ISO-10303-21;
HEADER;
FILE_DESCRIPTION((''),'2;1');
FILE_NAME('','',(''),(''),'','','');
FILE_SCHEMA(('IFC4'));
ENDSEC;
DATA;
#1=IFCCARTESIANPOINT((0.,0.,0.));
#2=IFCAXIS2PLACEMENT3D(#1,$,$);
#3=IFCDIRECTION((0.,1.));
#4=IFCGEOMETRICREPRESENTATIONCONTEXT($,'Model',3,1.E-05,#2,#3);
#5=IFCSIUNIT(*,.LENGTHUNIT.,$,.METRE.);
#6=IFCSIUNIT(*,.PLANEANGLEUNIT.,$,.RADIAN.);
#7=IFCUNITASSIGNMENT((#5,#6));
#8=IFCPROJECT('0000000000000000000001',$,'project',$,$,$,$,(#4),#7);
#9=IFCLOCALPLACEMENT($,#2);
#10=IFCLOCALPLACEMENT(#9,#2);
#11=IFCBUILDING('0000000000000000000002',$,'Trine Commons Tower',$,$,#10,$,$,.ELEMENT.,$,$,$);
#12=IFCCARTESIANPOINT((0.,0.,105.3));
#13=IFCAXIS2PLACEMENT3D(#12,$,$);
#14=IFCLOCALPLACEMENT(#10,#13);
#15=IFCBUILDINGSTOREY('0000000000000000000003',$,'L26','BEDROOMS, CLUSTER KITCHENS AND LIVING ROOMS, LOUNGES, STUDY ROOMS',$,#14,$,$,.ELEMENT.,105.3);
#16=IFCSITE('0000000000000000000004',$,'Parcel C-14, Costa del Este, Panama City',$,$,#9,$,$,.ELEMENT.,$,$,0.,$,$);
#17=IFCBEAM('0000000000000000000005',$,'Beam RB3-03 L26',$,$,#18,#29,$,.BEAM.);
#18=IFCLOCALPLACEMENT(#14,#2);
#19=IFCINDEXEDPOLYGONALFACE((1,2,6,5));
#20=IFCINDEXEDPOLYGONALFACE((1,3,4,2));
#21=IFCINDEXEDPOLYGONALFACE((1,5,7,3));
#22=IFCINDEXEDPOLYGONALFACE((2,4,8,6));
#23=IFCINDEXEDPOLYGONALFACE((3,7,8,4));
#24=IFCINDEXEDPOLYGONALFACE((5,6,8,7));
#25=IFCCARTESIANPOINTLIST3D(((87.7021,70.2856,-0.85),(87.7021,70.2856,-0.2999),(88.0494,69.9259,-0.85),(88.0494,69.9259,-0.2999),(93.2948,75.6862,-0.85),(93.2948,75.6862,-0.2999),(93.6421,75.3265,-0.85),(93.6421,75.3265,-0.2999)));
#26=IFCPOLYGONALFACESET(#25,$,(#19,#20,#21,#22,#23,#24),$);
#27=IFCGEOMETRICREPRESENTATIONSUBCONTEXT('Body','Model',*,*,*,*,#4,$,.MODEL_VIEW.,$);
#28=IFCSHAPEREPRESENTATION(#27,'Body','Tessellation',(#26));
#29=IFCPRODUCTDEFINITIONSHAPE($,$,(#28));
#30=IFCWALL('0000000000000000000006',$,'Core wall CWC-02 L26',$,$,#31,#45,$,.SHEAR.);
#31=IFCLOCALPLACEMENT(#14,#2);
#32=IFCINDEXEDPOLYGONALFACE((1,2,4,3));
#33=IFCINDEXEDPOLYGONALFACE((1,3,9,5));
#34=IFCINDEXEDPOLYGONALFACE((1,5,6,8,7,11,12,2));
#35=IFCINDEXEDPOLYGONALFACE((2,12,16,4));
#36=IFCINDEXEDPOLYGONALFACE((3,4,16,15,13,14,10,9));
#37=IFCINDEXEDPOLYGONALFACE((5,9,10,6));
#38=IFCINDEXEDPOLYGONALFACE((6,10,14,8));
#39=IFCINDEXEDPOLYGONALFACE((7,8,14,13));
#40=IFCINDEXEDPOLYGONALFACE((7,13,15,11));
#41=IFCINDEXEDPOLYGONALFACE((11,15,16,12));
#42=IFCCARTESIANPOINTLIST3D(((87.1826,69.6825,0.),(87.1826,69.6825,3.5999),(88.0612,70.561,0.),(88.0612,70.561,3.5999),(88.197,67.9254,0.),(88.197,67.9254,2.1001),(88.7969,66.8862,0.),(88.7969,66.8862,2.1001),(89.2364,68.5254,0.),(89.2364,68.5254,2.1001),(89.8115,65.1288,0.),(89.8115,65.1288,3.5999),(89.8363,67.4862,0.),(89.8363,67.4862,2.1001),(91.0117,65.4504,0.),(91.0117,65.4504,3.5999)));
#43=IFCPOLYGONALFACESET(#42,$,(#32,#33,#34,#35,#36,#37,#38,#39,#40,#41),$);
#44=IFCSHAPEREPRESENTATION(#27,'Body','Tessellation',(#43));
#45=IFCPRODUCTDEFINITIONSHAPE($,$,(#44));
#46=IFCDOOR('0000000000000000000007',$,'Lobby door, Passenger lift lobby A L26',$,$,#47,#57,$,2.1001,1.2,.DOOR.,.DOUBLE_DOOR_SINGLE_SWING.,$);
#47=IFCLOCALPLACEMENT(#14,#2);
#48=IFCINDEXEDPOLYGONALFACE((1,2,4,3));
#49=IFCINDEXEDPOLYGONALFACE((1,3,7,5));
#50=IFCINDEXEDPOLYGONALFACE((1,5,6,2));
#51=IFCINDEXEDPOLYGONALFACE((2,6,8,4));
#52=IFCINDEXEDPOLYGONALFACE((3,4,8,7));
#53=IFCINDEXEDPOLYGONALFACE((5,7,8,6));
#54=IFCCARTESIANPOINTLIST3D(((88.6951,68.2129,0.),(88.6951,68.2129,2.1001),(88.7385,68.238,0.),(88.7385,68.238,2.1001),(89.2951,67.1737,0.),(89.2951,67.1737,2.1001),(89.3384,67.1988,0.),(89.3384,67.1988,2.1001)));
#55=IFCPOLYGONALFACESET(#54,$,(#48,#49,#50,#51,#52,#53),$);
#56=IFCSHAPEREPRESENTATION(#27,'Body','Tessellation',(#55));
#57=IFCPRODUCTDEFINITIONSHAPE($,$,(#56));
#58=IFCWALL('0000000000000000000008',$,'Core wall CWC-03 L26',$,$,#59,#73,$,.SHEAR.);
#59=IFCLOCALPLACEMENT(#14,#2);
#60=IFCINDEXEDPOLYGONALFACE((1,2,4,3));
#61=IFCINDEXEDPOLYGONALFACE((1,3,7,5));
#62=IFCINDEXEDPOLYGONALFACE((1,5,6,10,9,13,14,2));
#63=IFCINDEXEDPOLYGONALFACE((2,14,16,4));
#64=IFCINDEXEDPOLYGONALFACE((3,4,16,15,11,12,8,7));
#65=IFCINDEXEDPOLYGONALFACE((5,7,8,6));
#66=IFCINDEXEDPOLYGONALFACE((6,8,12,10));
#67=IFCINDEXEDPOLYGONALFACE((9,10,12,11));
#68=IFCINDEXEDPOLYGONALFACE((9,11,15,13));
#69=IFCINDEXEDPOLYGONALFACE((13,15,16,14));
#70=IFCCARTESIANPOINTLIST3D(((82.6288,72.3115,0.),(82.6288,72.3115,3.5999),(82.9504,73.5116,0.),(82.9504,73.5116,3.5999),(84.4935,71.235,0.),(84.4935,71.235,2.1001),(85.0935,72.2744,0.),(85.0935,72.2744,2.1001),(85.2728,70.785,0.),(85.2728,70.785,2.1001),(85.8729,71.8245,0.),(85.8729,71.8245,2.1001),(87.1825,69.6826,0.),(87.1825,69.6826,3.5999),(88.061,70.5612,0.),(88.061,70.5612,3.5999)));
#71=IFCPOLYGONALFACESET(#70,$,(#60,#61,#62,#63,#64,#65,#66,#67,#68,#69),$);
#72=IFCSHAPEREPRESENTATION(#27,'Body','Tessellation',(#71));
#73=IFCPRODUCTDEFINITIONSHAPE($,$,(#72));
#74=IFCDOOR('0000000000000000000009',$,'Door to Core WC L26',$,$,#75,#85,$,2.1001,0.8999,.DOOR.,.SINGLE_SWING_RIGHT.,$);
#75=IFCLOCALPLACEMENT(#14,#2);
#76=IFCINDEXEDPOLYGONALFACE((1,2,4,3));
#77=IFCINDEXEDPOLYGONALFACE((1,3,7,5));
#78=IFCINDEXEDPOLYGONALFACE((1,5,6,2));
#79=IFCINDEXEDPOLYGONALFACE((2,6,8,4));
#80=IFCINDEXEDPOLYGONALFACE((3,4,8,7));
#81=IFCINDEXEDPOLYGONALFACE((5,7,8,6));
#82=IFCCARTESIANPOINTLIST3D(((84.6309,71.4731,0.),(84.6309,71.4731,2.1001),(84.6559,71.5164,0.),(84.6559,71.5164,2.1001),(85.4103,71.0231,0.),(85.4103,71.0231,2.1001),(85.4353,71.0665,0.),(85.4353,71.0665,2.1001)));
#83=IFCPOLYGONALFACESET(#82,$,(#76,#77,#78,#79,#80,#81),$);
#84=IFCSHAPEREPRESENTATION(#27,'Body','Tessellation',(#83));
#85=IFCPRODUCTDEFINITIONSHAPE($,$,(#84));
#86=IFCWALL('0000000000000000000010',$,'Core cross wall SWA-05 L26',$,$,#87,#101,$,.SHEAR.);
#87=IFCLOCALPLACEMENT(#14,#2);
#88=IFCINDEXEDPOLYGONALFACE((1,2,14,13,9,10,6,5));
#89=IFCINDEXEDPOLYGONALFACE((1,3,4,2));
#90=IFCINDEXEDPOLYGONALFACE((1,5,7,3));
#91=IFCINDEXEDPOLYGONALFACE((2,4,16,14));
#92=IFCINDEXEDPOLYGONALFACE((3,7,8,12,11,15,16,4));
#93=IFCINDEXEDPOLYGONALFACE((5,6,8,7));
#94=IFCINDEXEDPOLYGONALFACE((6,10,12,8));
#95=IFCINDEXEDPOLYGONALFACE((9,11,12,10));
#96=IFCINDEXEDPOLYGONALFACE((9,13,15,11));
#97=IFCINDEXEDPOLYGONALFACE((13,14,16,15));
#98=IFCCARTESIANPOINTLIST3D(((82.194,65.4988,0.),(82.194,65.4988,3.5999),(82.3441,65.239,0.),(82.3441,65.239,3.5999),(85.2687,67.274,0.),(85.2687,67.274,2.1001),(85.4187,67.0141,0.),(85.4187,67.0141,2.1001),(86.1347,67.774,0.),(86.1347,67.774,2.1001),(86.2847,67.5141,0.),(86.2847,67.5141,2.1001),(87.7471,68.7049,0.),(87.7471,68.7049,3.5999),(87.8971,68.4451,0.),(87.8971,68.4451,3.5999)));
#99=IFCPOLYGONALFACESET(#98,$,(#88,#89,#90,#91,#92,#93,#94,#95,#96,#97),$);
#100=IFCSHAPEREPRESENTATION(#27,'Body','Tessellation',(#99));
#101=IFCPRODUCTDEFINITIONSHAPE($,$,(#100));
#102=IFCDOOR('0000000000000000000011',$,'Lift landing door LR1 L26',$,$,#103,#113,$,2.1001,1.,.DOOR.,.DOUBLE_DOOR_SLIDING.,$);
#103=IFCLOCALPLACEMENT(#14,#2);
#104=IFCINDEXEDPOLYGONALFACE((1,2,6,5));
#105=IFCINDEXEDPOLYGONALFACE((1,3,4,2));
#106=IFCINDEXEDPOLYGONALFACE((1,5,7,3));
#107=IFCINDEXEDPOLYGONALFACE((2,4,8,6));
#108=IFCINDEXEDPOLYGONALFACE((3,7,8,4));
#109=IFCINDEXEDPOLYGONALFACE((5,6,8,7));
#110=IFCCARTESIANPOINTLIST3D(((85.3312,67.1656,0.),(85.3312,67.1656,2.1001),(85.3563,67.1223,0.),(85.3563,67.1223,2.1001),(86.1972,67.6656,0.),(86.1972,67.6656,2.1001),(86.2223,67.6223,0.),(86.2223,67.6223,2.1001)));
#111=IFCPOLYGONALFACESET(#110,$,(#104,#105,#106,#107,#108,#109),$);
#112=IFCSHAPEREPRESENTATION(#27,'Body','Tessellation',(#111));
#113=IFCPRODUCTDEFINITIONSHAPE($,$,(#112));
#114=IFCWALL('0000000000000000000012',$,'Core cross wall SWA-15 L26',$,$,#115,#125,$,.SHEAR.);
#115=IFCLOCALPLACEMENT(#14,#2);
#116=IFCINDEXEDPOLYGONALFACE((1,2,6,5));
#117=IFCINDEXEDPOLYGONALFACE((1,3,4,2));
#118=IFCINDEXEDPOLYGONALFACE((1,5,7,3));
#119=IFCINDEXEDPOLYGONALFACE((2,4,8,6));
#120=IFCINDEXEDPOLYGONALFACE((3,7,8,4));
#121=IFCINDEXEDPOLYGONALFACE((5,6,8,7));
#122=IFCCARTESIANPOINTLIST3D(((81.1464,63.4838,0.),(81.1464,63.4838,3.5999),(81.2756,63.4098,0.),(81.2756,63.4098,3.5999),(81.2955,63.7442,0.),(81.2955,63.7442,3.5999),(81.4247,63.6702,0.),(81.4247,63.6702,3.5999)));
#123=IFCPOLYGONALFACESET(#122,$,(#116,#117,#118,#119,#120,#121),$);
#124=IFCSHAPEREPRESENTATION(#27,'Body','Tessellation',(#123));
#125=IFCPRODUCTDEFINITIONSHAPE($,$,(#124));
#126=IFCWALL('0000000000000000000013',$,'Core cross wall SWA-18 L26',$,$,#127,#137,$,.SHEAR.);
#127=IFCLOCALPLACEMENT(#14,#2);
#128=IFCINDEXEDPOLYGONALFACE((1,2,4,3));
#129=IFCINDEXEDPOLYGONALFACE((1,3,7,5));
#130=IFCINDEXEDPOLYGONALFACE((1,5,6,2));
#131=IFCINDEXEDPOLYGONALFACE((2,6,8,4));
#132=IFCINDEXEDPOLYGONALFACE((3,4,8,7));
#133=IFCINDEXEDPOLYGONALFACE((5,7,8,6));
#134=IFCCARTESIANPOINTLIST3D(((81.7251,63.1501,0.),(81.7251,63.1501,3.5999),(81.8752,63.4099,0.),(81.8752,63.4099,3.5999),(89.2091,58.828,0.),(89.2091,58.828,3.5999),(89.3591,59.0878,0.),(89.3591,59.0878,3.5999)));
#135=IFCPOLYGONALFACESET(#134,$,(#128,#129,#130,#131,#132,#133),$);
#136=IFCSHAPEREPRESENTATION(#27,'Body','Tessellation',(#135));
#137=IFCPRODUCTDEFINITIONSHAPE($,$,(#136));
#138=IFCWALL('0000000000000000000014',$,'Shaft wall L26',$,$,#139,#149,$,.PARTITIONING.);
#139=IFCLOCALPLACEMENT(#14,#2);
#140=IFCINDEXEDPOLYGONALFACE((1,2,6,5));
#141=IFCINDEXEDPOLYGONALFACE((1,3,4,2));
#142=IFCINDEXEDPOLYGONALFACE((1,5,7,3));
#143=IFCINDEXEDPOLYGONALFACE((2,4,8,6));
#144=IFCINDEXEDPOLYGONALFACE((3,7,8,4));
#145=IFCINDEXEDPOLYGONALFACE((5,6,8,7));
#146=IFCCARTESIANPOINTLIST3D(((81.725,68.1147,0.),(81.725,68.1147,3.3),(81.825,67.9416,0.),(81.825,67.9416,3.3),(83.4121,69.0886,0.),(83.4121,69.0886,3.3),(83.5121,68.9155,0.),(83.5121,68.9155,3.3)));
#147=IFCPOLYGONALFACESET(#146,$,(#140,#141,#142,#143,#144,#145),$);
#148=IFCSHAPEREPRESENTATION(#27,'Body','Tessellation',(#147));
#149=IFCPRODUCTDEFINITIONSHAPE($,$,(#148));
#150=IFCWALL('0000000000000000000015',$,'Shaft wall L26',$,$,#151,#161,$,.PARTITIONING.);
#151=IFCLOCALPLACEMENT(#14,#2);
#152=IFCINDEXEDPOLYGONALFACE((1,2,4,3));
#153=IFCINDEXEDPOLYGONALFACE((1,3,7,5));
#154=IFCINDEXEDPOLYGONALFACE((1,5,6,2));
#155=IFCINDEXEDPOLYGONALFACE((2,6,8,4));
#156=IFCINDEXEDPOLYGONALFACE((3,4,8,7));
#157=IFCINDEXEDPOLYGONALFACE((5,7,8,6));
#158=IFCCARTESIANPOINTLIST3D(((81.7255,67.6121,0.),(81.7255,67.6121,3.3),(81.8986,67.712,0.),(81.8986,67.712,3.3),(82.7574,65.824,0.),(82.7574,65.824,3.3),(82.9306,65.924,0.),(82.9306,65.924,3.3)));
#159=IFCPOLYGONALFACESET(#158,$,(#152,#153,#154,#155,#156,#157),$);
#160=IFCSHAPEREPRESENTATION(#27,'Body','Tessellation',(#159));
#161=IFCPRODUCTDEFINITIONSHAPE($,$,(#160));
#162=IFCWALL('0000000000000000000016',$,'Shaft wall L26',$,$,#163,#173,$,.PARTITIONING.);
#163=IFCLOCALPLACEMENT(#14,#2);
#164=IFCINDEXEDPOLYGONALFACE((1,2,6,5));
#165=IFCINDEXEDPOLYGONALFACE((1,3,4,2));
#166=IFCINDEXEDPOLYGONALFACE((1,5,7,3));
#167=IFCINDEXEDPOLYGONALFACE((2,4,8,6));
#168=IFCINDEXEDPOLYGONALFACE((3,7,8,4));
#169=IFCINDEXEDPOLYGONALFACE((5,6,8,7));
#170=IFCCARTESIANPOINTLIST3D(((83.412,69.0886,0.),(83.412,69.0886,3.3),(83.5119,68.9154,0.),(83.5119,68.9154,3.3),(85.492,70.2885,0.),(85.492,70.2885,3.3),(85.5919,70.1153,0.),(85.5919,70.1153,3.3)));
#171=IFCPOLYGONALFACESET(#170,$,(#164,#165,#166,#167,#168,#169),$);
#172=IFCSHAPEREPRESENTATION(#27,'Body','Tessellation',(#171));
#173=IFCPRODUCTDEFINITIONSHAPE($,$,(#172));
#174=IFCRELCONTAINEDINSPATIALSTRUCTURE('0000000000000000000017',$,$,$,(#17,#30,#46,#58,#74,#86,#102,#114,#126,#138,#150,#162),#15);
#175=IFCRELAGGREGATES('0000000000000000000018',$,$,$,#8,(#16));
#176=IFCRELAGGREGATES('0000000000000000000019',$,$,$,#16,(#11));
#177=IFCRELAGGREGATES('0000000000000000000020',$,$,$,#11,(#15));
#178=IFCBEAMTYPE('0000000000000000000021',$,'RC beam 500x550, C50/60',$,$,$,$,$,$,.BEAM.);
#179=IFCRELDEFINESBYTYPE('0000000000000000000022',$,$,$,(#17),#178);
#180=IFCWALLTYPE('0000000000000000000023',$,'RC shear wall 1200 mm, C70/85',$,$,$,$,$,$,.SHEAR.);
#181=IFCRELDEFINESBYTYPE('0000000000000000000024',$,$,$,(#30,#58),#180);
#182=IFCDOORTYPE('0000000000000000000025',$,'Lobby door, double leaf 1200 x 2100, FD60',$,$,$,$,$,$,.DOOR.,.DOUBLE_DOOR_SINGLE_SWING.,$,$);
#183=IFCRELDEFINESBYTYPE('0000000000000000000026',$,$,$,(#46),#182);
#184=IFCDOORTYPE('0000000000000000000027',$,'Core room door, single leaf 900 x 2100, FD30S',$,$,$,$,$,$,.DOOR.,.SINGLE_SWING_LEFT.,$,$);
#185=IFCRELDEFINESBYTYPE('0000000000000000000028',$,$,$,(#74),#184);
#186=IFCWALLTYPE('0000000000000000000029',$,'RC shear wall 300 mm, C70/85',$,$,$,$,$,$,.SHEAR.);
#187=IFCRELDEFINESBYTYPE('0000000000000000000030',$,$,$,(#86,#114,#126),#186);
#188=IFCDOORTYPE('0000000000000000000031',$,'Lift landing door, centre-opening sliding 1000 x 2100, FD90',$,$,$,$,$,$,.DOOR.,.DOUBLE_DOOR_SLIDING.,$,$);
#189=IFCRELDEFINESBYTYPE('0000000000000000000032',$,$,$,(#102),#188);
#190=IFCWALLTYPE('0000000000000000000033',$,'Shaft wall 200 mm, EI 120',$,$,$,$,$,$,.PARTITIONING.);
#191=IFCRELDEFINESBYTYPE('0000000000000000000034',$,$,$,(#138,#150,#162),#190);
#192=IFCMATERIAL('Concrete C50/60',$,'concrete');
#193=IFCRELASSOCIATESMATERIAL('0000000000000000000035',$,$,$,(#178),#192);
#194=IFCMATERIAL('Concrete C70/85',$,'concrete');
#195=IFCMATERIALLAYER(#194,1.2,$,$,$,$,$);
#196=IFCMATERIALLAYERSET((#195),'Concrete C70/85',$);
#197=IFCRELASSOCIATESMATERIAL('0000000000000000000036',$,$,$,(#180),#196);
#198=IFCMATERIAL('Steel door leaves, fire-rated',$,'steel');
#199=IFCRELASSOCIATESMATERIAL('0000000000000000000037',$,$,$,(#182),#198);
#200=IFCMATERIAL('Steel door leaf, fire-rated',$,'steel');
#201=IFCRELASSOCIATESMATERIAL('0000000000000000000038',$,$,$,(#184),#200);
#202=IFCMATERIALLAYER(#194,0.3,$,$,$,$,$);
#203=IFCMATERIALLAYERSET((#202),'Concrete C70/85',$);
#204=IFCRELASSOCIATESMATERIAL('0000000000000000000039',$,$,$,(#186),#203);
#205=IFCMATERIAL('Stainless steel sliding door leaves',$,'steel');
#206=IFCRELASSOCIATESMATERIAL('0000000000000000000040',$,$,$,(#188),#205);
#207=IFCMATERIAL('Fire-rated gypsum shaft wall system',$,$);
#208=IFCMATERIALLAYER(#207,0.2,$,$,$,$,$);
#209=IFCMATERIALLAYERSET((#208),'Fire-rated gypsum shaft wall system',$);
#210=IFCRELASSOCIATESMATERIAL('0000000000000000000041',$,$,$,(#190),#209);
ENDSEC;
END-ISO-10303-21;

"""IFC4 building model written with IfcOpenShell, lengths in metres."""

from ifc_helpers import new_model, si_unit, direction, frame, frame_2d, origin, origin_2d, place, context, subcontext, project, spatial, polyline, rectangle, outline, extrude, material, layer, layer_set, material_profile, profile_set, type_object, element, fill, save


model = new_model("IFC4")

# Units and contexts
model_context = context("Model", 3, precision=1e-05, world=origin(), true_north=direction((0.0, 1.0)))
body_context = subcontext(model_context, "Body", "Model", "MODEL_VIEW")
ifc_project = project(units=[si_unit("LENGTHUNIT", "METRE"), si_unit("PLANEANGLEUNIT", "RADIAN")], contexts=[model_context])

# Site, building, storey
site_placement = place(None, origin())
site = spatial("IfcSite", under=ifc_project, at=site_placement, Name="Parcel C-14, Costa del Este, Panama City", CompositionType="ELEMENT", RefElevation=0.0)
building_placement = place(site_placement, origin())
building = spatial("IfcBuilding", under=site, at=building_placement, Name="Trine Commons Tower", CompositionType="ELEMENT")
storey_placement = place(building_placement, frame((0.0, 0.0, 105.3)))
storey = spatial("IfcBuildingStorey", under=building, at=storey_placement, Name="L26", Description="BEDROOMS, CLUSTER KITCHENS AND LIVING ROOMS, LOUNGES, STUDY ROOMS", CompositionType="ELEMENT", Elevation=105.3)

# Beam
ifc_material_1 = material(Name="Concrete C50/60", Category="concrete")
ifc_material_profile = material_profile(ifc_material_1, rectangle(XDim=0.5, YDim=0.55, at=origin_2d()), Name="RC 500x550")
ifc_profile_set = profile_set([ifc_material_profile], Name="Concrete C50/60")
beam_type = type_object("IfcBeamType", Name="RC beam 500x550, C50/60", PredefinedType="BEAM", material=ifc_profile_set)
beam_placement = place(storey_placement, frame((87.8757, 70.1057, -0.575), z_axis=(0.719355, 0.694642, 0.0), x_axis=(-0.694642, 0.719355, 0.0)))
element("IfcBeam", 1, at=beam_placement, inside=storey, type_object=beam_type, Name="Beam RB3-03 L26", PredefinedType="BEAM", context=body_context, shape_type="SweptSolid", body=[
    extrude(rectangle(XDim=0.5, YDim=0.55, at=origin_2d()), origin(), (0.0, 0.0, 1.0), 7.7747),
])

# Walls, openings, doors
ifc_material_2 = material(Name="Concrete C70/85", Category="concrete")
ifc_layer_1 = layer(ifc_material_2, 1.2)
ifc_layer_set_1 = layer_set([ifc_layer_1], Name="Concrete C70/85")
wall_type_1 = type_object("IfcWallType", Name="RC shear wall 1200 mm, C70/85", PredefinedType="SHEAR", material=ifc_layer_set_1)
wall_1_placement = place(storey_placement, frame((90.4919, 65.1504, 0.0), z_axis=(0.0, 0.0, 1.0), x_axis=(-0.499979, 0.866037, 0.0)))
wall_1 = element("IfcWall", 2, at=wall_1_placement, inside=storey, type_object=wall_type_1, Name="Core wall CWC-02 L26", PredefinedType="SHEAR", context=body_context, shape_type="SweptSolid", body=[
    extrude(outline(polyline([(0.0, -0.6001), (5.9011, -0.6001), (5.5796, 0.6001), (0.3215, 0.6001), (0.0, -0.6001)])), origin(), (0.0, 0.0, 1.0), 3.5999),
])
opening_1_placement = place(wall_1_placement, frame((2.3506, 0.0, 0.0)))
opening_1 = element("IfcOpeningElement", 3, at=opening_1_placement, cuts=wall_1, PredefinedType="OPENING", context=body_context, shape_type="SweptSolid", body=[
    extrude(rectangle(XDim=1.2, YDim=2.1001, at=frame_2d((0.6001, 1.05))), frame((0.0, 0.6099, 0.0), z_axis=(0.0, -1.0, 0.0), x_axis=(1.0, 0.0, 0.0)), (0.0, 0.0, 1.0), 1.22),
])
ifc_material_3 = material(Name="Steel door leaves, fire-rated", Category="steel")
door_type_1 = type_object("IfcDoorType", Name="Lobby door, double leaf 1200 x 2100, FD60", OperationType="DOUBLE_DOOR_SINGLE_SWING", PredefinedType="DOOR", material=ifc_material_3)
door_1_placement = place(opening_1_placement, origin())
door_1 = element("IfcDoor", 4, at=door_1_placement, inside=storey, type_object=door_type_1, Name="Lobby door, Passenger lift lobby A L26", OperationType="DOUBLE_DOOR_SINGLE_SWING", OverallHeight=2.1001, OverallWidth=1.2, PredefinedType="DOOR", context=body_context, shape_type="SweptSolid", body=[
    extrude(rectangle(XDim=1.2, YDim=2.1001, at=frame_2d((0.6001, 1.05))), frame((0.0, 0.0249, 0.0), z_axis=(0.0, -1.0, 0.0), x_axis=(1.0, 0.0, 0.0)), (0.0, 0.0, 1.0), 0.05),
])
fill(opening_1, door_1)
wall_2_placement = place(storey_placement, frame((87.761, 70.0415, 0.0), z_axis=(0.0, 0.0, 1.0), x_axis=(-0.866037, 0.499979, 0.0)))
wall_2 = element("IfcWall", 5, at=wall_2_placement, inside=storey, type_object=wall_type_1, Name="Core wall CWC-03 L26", PredefinedType="SHEAR", context=body_context, shape_type="SweptSolid", body=[
    extrude(outline(polyline([(0.0, -0.6001), (5.9011, -0.6001), (5.5796, 0.6001), (0.3215, 0.6001), (0.0, -0.6001)])), origin(), (0.0, 0.0, 1.0), 3.5999),
])
opening_2_placement = place(wall_2_placement, frame((2.5266, 0.0, 0.0)))
opening_2 = element("IfcOpeningElement", 6, at=opening_2_placement, cuts=wall_2, PredefinedType="OPENING", context=body_context, shape_type="SweptSolid", body=[
    extrude(rectangle(XDim=0.8999, YDim=2.1001, at=frame_2d((0.45, 1.05))), frame((0.0, 0.6099, 0.0), z_axis=(0.0, -1.0, 0.0), x_axis=(1.0, 0.0, 0.0)), (0.0, 0.0, 1.0), 1.22),
])
ifc_material_4 = material(Name="Steel door leaf, fire-rated", Category="steel")
door_type_2 = type_object("IfcDoorType", Name="Core room door, single leaf 900 x 2100, FD30S", OperationType="SINGLE_SWING_LEFT", PredefinedType="DOOR", material=ifc_material_4)
door_2_placement = place(opening_2_placement, origin())
door_2 = element("IfcDoor", 7, at=door_2_placement, inside=storey, type_object=door_type_2, Name="Door to Core WC L26", OperationType="SINGLE_SWING_RIGHT", OverallHeight=2.1001, OverallWidth=0.8999, PredefinedType="DOOR", context=body_context, shape_type="SweptSolid", body=[
    extrude(rectangle(XDim=0.8999, YDim=2.1001, at=frame_2d((0.45, 1.05))), frame((0.0, 0.3252, 0.0), z_axis=(0.0, -1.0, 0.0), x_axis=(1.0, 0.0, 0.0)), (0.0, 0.0, 1.0), 0.05),
])
fill(opening_2, door_2)
ifc_layer_2 = layer(ifc_material_2, 0.3)
ifc_layer_set_2 = layer_set([ifc_layer_2], Name="Concrete C70/85")
wall_type_2 = type_object("IfcWallType", Name="RC shear wall 300 mm, C70/85", PredefinedType="SHEAR", material=ifc_layer_set_2)
wall_3_placement = place(storey_placement, frame((82.269, 65.3689, 0.0), z_axis=(0.0, 0.0, 1.0), x_axis=(0.866023, 0.500005, 0.0)))
wall_3 = element("IfcWall", 8, at=wall_3_placement, inside=storey, type_object=wall_type_2, Name="Core cross wall SWA-05 L26", PredefinedType="SHEAR", context=body_context, shape_type="SweptSolid", body=[
    extrude(rectangle(XDim=6.4121, YDim=0.3, at=frame_2d((3.2061, 0.0))), origin(), (0.0, 0.0, 1.0), 3.5999),
])
opening_3_placement = place(wall_3_placement, frame((3.5503, 0.0, 0.0)))
opening_3 = element("IfcOpeningElement", 9, at=opening_3_placement, cuts=wall_3, PredefinedType="OPENING", context=body_context, shape_type="SweptSolid", body=[
    extrude(rectangle(XDim=1.0, YDim=2.1001, at=frame_2d((0.5, 1.05))), frame((0.0, 0.1599, 0.0), z_axis=(0.0, -1.0, 0.0), x_axis=(1.0, 0.0, 0.0)), (0.0, 0.0, 1.0), 0.3201),
])
ifc_material_5 = material(Name="Stainless steel sliding door leaves", Category="steel")
door_type_3 = type_object("IfcDoorType", Name="Lift landing door, centre-opening sliding 1000 x 2100, FD90", OperationType="DOUBLE_DOOR_SLIDING", PredefinedType="DOOR", material=ifc_material_5)
door_3_placement = place(opening_3_placement, origin())
door_3 = element("IfcDoor", 10, at=door_3_placement, inside=storey, type_object=door_type_3, Name="Lift landing door LR1 L26", OperationType="DOUBLE_DOOR_SLIDING", OverallHeight=2.1001, OverallWidth=1.0, PredefinedType="DOOR", context=body_context, shape_type="SweptSolid", body=[
    extrude(rectangle(XDim=1.0, YDim=2.1001, at=frame_2d((0.5, 1.05))), frame((0.0, 0.0249, 0.0), z_axis=(0.0, -1.0, 0.0), x_axis=(1.0, 0.0, 0.0)), (0.0, 0.0, 1.0), 0.05),
])
fill(opening_3, door_3)

# Walls
wall_4_placement = place(storey_placement, frame((81.2209, 63.614, 0.0), z_axis=(0.0, 0.0, 1.0), x_axis=(0.867738, -0.497022, 0.0)))
element("IfcWall", 11, at=wall_4_placement, inside=storey, type_object=wall_type_2, Name="Core cross wall SWA-15 L26", PredefinedType="SHEAR", context=body_context, shape_type="SweptSolid", body=[
    extrude(rectangle(XDim=0.1489, YDim=0.3, at=frame_2d((0.0745, 0.0))), origin(), (0.0, 0.0, 1.0), 3.5999),
])
wall_5_placement = place(storey_placement, frame((81.8, 63.28, 0.0), z_axis=(0.0, 0.0, 1.0), x_axis=(0.865965, -0.500104, 0.0)))
element("IfcWall", 12, at=wall_5_placement, inside=storey, type_object=wall_type_2, Name="Core cross wall SWA-18 L26", PredefinedType="SHEAR", context=body_context, shape_type="SweptSolid", body=[
    extrude(rectangle(XDim=8.6423, YDim=0.3, at=frame_2d((4.3213, 0.0))), origin(), (0.0, 0.0, 1.0), 3.5999),
])
ifc_material_6 = material(Name="Fire-rated gypsum shaft wall system")
ifc_layer_3 = layer(ifc_material_6, 0.2)
ifc_layer_set_3 = layer_set([ifc_layer_3], Name="Fire-rated gypsum shaft wall system")
wall_type_3 = type_object("IfcWallType", Name="Shaft wall 200 mm, EI 120", PredefinedType="PARTITIONING", material=ifc_layer_set_3)
wall_6_placement = place(storey_placement, frame((81.7749, 68.0281, 0.0), z_axis=(0.0, 0.0, 1.0), x_axis=(0.866052, 0.499954, 0.0)))
element("IfcWall", 13, at=wall_6_placement, inside=storey, type_object=wall_type_3, Name="Shaft wall L26", PredefinedType="PARTITIONING", context=body_context, shape_type="SweptSolid", body=[
    extrude(rectangle(XDim=1.948, YDim=0.2, at=frame_2d((0.9741, 0.0))), origin(), (0.0, 0.0, 1.0), 3.3),
])
wall_7_placement = place(storey_placement, frame((82.844, 65.874, 0.0), z_axis=(0.0, 0.0, 1.0), x_axis=(-0.499866, 0.866103, 0.0)))
element("IfcWall", 14, at=wall_7_placement, inside=storey, type_object=wall_type_3, Name="Shaft wall L26", PredefinedType="PARTITIONING", context=body_context, shape_type="SweptSolid", body=[
    extrude(rectangle(XDim=2.0645, YDim=0.2, at=frame_2d((1.0322, 0.0))), origin(), (0.0, 0.0, 1.0), 3.3),
])
wall_8_placement = place(storey_placement, frame((83.4619, 69.002, 0.0), z_axis=(0.0, 0.0, 1.0), x_axis=(0.866203, 0.499693, 0.0)))
element("IfcWall", 15, at=wall_8_placement, inside=storey, type_object=wall_type_3, Name="Shaft wall L26", PredefinedType="PARTITIONING", context=body_context, shape_type="SweptSolid", body=[
    extrude(rectangle(XDim=2.4014, YDim=0.2, at=frame_2d((1.2007, 0.0))), origin(), (0.0, 0.0, 1.0), 3.3),
])

save(model, "model.ifc")
